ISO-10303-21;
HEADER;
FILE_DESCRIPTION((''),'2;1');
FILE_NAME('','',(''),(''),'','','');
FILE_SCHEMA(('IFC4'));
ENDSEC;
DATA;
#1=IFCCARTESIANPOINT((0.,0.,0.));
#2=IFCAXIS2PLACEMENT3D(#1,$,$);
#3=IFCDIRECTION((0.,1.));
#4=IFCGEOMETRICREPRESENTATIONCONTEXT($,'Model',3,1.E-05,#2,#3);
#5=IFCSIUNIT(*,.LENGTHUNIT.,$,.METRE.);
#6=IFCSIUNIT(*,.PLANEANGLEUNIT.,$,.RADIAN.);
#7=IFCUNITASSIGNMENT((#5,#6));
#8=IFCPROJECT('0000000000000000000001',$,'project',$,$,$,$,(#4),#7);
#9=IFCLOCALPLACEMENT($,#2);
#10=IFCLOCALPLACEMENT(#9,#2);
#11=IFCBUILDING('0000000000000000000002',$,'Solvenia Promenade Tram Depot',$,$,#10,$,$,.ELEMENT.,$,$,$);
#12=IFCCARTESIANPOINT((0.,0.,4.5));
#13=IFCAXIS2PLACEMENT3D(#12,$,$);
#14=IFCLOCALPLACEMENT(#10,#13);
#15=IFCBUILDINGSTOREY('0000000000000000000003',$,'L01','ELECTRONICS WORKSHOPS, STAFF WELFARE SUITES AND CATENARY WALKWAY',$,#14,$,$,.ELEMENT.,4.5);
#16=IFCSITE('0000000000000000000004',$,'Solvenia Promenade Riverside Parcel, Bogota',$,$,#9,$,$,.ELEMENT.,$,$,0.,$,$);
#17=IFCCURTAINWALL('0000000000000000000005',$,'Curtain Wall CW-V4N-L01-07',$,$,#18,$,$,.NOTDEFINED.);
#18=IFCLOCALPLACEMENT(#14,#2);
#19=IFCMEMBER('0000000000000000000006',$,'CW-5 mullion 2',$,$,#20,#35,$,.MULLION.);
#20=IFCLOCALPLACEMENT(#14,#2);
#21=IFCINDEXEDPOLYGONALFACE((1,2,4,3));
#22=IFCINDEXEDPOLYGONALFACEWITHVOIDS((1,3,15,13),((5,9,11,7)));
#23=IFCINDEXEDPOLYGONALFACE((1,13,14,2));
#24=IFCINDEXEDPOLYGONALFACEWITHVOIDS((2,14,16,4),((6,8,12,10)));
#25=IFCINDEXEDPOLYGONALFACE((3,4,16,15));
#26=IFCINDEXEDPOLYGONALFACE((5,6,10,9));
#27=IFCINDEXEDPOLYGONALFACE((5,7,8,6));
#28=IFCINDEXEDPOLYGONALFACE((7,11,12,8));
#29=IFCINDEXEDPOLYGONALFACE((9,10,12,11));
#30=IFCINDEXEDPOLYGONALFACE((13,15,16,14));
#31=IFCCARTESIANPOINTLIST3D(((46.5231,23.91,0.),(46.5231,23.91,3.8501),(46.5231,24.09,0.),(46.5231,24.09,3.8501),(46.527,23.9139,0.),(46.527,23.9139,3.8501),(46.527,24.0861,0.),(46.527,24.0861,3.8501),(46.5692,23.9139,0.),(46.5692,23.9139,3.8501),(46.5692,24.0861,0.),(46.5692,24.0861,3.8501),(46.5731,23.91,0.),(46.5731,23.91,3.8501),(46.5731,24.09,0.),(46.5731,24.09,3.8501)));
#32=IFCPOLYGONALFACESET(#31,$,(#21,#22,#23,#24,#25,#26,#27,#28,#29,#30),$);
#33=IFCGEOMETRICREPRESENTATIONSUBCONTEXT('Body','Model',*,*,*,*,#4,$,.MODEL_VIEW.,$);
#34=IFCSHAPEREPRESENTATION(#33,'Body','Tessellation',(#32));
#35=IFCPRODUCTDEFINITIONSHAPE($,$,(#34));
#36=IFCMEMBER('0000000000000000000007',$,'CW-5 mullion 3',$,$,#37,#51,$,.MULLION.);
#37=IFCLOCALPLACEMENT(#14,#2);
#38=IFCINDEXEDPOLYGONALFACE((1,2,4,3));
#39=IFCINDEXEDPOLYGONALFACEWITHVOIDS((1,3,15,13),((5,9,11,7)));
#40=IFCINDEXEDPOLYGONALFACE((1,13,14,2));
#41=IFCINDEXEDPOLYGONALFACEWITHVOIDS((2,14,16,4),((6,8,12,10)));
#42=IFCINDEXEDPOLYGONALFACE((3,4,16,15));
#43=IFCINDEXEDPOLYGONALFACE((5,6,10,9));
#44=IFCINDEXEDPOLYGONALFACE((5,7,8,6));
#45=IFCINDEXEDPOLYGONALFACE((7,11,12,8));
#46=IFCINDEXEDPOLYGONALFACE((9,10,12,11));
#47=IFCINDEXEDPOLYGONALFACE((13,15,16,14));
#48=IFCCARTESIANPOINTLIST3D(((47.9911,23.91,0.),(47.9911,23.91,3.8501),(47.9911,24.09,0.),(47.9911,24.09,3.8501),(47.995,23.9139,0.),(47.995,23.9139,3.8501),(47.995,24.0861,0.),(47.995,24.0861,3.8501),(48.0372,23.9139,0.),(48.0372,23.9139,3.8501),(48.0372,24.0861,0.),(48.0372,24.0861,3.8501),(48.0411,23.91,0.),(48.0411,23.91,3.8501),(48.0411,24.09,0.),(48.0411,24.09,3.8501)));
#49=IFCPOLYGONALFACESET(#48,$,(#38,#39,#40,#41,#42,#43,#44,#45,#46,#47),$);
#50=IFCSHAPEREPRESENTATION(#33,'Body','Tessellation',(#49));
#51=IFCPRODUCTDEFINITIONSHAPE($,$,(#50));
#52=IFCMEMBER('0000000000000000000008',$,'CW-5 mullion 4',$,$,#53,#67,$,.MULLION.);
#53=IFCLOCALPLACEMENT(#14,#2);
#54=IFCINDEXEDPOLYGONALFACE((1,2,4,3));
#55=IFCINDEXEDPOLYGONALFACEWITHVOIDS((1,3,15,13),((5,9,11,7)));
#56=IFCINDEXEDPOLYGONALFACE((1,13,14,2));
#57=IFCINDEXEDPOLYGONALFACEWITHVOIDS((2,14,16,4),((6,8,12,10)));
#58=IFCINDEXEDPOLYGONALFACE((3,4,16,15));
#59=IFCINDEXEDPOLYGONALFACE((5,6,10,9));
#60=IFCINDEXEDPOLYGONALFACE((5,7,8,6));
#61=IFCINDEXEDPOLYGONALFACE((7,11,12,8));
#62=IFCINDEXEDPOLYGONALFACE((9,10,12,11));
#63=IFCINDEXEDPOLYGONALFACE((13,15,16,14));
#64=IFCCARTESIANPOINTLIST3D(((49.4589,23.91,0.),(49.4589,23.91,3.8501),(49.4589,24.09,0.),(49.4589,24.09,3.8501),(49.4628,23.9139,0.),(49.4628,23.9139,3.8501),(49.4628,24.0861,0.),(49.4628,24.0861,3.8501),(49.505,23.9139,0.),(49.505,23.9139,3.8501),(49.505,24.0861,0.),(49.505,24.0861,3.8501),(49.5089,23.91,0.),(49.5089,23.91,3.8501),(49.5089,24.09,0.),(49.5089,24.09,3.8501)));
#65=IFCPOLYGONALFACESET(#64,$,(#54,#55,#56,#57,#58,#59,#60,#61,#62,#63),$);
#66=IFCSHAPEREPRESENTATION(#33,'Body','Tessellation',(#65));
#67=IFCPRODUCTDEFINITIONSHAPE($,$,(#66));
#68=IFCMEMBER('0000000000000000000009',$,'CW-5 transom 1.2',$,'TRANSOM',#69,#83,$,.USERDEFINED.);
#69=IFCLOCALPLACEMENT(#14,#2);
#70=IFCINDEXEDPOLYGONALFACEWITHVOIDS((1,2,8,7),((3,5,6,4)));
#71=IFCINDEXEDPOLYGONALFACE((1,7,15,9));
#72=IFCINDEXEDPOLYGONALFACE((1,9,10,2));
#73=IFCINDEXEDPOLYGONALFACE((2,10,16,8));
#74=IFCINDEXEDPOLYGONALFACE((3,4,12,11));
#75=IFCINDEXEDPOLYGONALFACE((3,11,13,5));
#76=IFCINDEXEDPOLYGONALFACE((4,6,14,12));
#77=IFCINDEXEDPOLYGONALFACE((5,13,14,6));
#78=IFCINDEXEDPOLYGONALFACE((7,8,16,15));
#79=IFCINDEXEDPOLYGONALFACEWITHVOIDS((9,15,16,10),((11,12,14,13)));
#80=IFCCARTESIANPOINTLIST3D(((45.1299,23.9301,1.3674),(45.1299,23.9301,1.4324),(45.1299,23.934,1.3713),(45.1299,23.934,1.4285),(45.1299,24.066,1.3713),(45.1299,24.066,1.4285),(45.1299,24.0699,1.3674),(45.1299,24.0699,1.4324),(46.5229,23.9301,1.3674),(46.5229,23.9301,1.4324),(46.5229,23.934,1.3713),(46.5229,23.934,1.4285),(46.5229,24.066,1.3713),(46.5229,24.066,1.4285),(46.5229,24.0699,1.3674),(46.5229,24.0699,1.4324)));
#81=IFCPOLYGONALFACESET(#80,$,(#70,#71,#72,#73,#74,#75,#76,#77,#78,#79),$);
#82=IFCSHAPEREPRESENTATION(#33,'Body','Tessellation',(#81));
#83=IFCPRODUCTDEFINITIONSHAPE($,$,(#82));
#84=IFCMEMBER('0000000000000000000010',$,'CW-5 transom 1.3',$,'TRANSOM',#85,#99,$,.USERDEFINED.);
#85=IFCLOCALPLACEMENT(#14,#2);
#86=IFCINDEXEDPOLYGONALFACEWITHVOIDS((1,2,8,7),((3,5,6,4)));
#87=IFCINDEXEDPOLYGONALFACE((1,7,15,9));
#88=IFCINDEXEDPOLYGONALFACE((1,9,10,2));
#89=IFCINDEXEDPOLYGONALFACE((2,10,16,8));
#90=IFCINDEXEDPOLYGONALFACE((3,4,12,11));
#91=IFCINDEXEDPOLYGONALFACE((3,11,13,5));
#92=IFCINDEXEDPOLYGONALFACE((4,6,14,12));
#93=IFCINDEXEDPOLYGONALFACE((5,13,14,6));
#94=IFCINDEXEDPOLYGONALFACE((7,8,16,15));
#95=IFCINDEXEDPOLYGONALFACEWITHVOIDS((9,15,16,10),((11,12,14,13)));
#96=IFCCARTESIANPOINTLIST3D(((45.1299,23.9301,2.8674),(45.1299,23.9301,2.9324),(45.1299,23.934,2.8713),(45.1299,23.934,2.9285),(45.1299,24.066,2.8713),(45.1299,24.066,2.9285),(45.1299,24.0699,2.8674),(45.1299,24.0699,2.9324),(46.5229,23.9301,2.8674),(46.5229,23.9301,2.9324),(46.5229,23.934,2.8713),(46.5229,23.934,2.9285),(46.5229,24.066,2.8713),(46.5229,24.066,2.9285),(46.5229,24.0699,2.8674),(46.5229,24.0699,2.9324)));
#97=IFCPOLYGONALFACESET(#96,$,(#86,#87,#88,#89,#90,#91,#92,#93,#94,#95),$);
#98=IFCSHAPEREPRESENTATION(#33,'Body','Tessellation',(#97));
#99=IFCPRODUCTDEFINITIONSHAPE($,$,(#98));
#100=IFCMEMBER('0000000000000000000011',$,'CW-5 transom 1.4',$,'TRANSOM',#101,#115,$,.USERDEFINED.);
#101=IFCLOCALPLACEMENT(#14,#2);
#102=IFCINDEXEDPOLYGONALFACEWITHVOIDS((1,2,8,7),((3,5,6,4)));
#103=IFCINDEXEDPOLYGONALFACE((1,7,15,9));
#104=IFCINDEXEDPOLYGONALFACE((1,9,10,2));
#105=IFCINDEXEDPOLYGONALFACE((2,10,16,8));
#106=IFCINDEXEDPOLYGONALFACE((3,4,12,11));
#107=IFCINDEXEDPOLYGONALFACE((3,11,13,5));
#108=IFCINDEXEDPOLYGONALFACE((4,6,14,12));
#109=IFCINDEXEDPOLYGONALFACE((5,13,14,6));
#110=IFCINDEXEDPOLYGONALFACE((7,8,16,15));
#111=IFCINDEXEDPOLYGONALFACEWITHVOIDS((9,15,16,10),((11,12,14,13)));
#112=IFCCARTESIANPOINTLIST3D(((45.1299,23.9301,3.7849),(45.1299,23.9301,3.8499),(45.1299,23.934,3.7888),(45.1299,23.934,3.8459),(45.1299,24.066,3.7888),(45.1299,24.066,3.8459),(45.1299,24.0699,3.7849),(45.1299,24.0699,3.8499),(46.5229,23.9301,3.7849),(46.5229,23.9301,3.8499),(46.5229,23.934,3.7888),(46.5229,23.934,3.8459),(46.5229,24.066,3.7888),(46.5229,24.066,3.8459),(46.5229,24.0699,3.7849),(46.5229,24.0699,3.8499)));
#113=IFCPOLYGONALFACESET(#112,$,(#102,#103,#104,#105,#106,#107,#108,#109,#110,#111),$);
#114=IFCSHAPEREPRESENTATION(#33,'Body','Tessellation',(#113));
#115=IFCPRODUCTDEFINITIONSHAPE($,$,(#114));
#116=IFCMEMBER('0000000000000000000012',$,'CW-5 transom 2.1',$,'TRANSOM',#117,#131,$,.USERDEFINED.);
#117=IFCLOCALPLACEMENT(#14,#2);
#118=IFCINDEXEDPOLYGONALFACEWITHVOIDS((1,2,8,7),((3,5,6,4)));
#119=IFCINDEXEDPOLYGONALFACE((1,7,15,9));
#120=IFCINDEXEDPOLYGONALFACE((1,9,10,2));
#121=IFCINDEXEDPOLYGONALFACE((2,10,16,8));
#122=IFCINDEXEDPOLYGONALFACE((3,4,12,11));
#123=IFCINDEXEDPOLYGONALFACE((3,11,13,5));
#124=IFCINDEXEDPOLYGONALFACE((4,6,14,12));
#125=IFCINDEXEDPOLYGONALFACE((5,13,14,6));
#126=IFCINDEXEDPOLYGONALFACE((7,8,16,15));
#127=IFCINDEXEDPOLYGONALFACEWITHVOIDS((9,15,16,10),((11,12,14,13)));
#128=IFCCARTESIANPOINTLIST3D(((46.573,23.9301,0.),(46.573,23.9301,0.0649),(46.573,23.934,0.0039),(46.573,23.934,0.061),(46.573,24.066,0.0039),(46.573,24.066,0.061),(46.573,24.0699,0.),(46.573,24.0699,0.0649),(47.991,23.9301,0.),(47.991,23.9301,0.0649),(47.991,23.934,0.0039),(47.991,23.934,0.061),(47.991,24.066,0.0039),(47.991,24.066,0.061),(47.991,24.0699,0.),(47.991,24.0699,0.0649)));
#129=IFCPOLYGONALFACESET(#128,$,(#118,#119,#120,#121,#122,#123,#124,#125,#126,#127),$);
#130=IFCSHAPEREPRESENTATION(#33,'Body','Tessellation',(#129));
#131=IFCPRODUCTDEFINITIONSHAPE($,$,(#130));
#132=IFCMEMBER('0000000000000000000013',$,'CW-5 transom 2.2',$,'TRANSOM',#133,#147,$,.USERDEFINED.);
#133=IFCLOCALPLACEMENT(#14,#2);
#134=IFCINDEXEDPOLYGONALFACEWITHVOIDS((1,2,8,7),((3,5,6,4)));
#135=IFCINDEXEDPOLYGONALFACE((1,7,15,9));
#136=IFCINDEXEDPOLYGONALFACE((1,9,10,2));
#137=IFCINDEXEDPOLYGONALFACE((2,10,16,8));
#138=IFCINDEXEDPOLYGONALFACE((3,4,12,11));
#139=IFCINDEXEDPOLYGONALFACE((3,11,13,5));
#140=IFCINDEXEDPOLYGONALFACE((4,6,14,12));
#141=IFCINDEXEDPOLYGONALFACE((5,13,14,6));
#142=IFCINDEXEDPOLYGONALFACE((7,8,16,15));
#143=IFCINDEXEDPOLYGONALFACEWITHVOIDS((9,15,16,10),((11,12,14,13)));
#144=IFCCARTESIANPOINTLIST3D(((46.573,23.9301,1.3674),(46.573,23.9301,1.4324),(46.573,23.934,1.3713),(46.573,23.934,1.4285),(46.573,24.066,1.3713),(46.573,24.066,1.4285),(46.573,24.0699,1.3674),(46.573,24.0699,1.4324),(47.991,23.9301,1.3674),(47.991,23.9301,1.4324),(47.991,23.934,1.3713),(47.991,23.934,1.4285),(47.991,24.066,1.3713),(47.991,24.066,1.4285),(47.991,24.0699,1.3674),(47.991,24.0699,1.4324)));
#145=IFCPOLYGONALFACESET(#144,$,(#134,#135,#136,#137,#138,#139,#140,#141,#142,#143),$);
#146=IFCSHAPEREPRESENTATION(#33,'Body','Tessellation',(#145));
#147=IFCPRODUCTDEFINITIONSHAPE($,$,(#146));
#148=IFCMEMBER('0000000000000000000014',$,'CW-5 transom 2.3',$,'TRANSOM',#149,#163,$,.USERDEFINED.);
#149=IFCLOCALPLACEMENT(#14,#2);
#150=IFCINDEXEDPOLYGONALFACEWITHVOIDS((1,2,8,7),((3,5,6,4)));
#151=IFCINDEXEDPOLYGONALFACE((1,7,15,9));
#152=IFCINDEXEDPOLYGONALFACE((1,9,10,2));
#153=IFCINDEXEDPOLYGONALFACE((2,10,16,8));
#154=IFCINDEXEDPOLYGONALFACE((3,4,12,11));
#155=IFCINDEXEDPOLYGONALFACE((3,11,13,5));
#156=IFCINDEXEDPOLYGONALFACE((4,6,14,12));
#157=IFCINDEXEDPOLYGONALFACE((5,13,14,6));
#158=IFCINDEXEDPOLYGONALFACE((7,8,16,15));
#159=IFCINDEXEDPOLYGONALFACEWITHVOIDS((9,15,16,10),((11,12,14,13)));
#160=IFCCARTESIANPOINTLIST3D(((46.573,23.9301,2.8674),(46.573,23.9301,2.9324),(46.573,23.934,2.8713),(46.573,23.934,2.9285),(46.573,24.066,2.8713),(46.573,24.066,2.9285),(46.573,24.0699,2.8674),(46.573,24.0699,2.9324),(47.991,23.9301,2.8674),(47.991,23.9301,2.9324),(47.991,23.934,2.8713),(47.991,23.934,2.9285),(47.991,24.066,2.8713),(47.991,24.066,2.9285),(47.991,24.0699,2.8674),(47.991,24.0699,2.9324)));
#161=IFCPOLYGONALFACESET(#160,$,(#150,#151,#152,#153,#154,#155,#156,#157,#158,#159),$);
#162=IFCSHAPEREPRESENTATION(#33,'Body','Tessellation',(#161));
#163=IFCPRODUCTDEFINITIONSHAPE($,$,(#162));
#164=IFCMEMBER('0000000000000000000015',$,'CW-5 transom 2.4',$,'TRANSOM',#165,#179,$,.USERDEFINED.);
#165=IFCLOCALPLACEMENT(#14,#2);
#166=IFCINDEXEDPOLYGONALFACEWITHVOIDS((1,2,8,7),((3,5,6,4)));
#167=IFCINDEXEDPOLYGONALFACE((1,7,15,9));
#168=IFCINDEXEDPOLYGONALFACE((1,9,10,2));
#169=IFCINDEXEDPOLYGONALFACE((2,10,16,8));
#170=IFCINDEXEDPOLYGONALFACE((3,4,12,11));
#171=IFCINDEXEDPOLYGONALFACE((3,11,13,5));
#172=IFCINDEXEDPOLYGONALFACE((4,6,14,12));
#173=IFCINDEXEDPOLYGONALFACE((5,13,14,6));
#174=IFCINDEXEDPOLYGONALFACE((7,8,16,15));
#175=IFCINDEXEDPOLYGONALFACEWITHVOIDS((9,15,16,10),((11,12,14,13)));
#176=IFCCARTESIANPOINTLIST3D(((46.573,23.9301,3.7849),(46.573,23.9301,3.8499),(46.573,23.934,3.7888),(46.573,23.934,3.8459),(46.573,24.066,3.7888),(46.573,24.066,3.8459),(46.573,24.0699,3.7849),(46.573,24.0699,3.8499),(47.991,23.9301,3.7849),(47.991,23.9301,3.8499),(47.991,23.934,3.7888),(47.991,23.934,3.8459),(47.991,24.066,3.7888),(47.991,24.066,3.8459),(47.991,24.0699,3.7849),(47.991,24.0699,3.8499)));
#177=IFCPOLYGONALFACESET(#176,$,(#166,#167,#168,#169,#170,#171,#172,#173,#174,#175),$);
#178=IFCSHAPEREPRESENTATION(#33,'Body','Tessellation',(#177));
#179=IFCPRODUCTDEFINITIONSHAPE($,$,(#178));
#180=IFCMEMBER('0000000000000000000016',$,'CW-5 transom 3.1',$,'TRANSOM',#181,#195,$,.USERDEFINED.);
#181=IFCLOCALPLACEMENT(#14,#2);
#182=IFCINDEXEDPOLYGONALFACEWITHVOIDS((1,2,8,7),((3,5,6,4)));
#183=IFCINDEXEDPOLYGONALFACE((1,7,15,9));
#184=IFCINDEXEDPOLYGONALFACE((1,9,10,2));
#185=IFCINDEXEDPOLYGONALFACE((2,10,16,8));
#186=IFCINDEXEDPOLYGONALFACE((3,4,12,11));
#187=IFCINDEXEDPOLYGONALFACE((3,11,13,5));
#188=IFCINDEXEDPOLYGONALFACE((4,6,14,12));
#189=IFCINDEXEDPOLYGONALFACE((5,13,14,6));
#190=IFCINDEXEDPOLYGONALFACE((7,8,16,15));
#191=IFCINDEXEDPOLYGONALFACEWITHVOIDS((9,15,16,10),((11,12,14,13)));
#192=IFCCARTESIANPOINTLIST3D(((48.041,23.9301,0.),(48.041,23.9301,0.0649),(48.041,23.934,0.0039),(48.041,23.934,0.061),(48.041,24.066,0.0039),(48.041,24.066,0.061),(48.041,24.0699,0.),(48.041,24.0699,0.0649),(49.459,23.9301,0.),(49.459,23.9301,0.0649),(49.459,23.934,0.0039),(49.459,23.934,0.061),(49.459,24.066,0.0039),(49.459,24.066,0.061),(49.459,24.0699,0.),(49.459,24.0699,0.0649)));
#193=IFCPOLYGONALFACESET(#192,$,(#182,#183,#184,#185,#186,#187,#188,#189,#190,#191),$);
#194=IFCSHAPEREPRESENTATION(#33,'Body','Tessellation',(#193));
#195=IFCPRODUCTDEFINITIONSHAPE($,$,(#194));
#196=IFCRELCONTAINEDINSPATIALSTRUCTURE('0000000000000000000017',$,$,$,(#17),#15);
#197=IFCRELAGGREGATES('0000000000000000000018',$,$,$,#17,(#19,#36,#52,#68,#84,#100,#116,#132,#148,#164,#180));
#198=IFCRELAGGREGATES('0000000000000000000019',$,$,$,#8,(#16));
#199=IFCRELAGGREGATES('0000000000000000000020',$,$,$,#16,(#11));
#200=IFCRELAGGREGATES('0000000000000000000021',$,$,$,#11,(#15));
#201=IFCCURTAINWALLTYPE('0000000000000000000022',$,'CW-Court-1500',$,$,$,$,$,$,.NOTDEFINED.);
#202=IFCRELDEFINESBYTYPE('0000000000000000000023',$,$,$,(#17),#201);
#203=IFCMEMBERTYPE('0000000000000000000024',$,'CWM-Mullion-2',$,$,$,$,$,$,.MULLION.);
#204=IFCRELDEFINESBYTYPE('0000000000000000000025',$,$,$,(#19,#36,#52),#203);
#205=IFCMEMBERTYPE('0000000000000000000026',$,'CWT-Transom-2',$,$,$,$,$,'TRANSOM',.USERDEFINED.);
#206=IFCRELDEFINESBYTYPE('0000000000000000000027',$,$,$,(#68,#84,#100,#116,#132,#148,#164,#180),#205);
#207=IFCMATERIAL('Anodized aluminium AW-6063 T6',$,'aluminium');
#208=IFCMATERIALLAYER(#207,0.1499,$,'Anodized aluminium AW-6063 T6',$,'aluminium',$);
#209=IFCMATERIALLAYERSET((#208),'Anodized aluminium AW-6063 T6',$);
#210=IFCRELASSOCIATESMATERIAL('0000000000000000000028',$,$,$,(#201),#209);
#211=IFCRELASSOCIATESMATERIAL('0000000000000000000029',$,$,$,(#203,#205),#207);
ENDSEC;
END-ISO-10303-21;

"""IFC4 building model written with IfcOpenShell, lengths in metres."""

from ifc_helpers import new_model, si_unit, direction, frame, origin, origin_2d, place, context, subcontext, project, spatial, hollow_rectangle, extrude, material, layer, layer_set, material_profile, profile_set, type_object, element, aggregate, save


model = new_model("IFC4")

# Units and contexts
model_context = context("Model", 3, precision=1e-05, world=origin(), true_north=direction((0.0, 1.0)))
body_context = subcontext(model_context, "Body", "Model", "MODEL_VIEW")
ifc_project = project(units=[si_unit("LENGTHUNIT", "METRE"), si_unit("PLANEANGLEUNIT", "RADIAN")], contexts=[model_context])

# Site, building, storey
site_placement = place(None, origin())
site = spatial("IfcSite", under=ifc_project, at=site_placement, Name="Solvenia Promenade Riverside Parcel, Bogota", CompositionType="ELEMENT", RefElevation=0.0)
building_placement = place(site_placement, origin())
building = spatial("IfcBuilding", under=site, at=building_placement, Name="Solvenia Promenade Tram Depot", CompositionType="ELEMENT")
storey_placement = place(building_placement, frame((0.0, 0.0, 4.5)))
storey = spatial("IfcBuildingStorey", under=building, at=storey_placement, Name="L01", Description="ELECTRONICS WORKSHOPS, STAFF WELFARE SUITES AND CATENARY WALKWAY", CompositionType="ELEMENT", Elevation=4.5)

# Curtain wall, members
ifc_material_1 = material(Name="Anodized aluminium AW-6063 T6", Category="aluminium")
ifc_layer_1 = layer(ifc_material_1, 0.1499, Name="Anodized aluminium AW-6063 T6", Category="aluminium")
ifc_layer_set_1 = layer_set([ifc_layer_1], Name="Anodized aluminium AW-6063 T6")
curtain_wall_type = type_object("IfcCurtainWallType", Name="CW-Court-1500", PredefinedType="NOTDEFINED", material=ifc_layer_set_1)
curtain_wall_placement = place(storey_placement, origin())
curtain_wall = element("IfcCurtainWall", 1, at=curtain_wall_placement, inside=storey, type_object=curtain_wall_type, Name="Curtain Wall CW-V4N-L01-07", PredefinedType="NOTDEFINED")
ifc_material_profile_1 = material_profile(ifc_material_1, hollow_rectangle(XDim=0.1799, YDim=0.05, WallThickness=0.0039, at=origin_2d()), Name="ALU-M2", Category="aluminium")
ifc_profile_set_1 = profile_set([ifc_material_profile_1], Name="Anodized aluminium AW-6063 T6")
member_type_1 = type_object("IfcMemberType", Name="CWM-Mullion-2", PredefinedType="MULLION", material=ifc_profile_set_1)
member_1_placement = place(storey_placement, frame((46.5481, 24.0, 0.0), z_axis=(0.0, 0.0, 1.0), x_axis=(0.0, 1.0, 0.0)))
member_1 = element("IfcMember", 2, at=member_1_placement, type_object=member_type_1, Name="CW-5 mullion 2", PredefinedType="MULLION", context=body_context, shape_type="SweptSolid", body=[
    extrude(hollow_rectangle(XDim=0.1799, YDim=0.05, WallThickness=0.0039, at=origin_2d()), origin(), (0.0, 0.0, 1.0), 3.8501),
])
member_2_placement = place(storey_placement, frame((48.0161, 24.0, 0.0), z_axis=(0.0, 0.0, 1.0), x_axis=(0.0, 1.0, 0.0)))
member_2 = element("IfcMember", 3, at=member_2_placement, type_object=member_type_1, Name="CW-5 mullion 3", PredefinedType="MULLION", context=body_context, shape_type="SweptSolid", body=[
    extrude(hollow_rectangle(XDim=0.1799, YDim=0.05, WallThickness=0.0039, at=origin_2d()), origin(), (0.0, 0.0, 1.0), 3.8501),
])
member_3_placement = place(storey_placement, frame((49.4839, 24.0, 0.0), z_axis=(0.0, 0.0, 1.0), x_axis=(0.0, 1.0, 0.0)))
member_3 = element("IfcMember", 4, at=member_3_placement, type_object=member_type_1, Name="CW-5 mullion 4", PredefinedType="MULLION", context=body_context, shape_type="SweptSolid", body=[
    extrude(hollow_rectangle(XDim=0.1799, YDim=0.05, WallThickness=0.0039, at=origin_2d()), origin(), (0.0, 0.0, 1.0), 3.8501),
])
ifc_material_profile_2 = material_profile(ifc_material_1, hollow_rectangle(XDim=0.1399, YDim=0.0649, WallThickness=0.0039, at=origin_2d()), Name="ALU-T2", Category="aluminium")
ifc_profile_set_2 = profile_set([ifc_material_profile_2], Name="Anodized aluminium AW-6063 T6")
member_type_2 = type_object("IfcMemberType", Name="CWT-Transom-2", ElementType="TRANSOM", PredefinedType="USERDEFINED", material=ifc_profile_set_2)
member_4_placement = place(storey_placement, frame((45.1299, 24.0, 1.3999), z_axis=(1.0, 0.0, 0.0), x_axis=(0.0, 1.0, 0.0)))
member_4 = element("IfcMember", 5, at=member_4_placement, type_object=member_type_2, Name="CW-5 transom 1.2", ObjectType="TRANSOM", PredefinedType="USERDEFINED", context=body_context, shape_type="SweptSolid", body=[
    extrude(hollow_rectangle(XDim=0.1399, YDim=0.0649, WallThickness=0.0039, at=origin_2d()), origin(), (0.0, 0.0, 1.0), 1.3931),
])
member_5_placement = place(storey_placement, frame((45.1299, 24.0, 2.8999), z_axis=(1.0, 0.0, 0.0), x_axis=(0.0, 1.0, 0.0)))
member_5 = element("IfcMember", 6, at=member_5_placement, type_object=member_type_2, Name="CW-5 transom 1.3", ObjectType="TRANSOM", PredefinedType="USERDEFINED", context=body_context, shape_type="SweptSolid", body=[
    extrude(hollow_rectangle(XDim=0.1399, YDim=0.0649, WallThickness=0.0039, at=origin_2d()), origin(), (0.0, 0.0, 1.0), 1.3931),
])
member_6_placement = place(storey_placement, frame((45.1299, 24.0, 3.8174), z_axis=(1.0, 0.0, 0.0), x_axis=(0.0, 1.0, 0.0)))
member_6 = element("IfcMember", 7, at=member_6_placement, type_object=member_type_2, Name="CW-5 transom 1.4", ObjectType="TRANSOM", PredefinedType="USERDEFINED", context=body_context, shape_type="SweptSolid", body=[
    extrude(hollow_rectangle(XDim=0.1399, YDim=0.0649, WallThickness=0.0039, at=origin_2d()), origin(), (0.0, 0.0, 1.0), 1.3931),
])
member_7_placement = place(storey_placement, frame((46.573, 24.0, 0.0325), z_axis=(1.0, 0.0, 0.0), x_axis=(0.0, 1.0, 0.0)))
member_7 = element("IfcMember", 8, at=member_7_placement, type_object=member_type_2, Name="CW-5 transom 2.1", ObjectType="TRANSOM", PredefinedType="USERDEFINED", context=body_context, shape_type="SweptSolid", body=[
    extrude(hollow_rectangle(XDim=0.1399, YDim=0.0649, WallThickness=0.0039, at=origin_2d()), origin(), (0.0, 0.0, 1.0), 1.418),
])
member_8_placement = place(storey_placement, frame((46.573, 24.0, 1.3999), z_axis=(1.0, 0.0, 0.0), x_axis=(0.0, 1.0, 0.0)))
member_8 = element("IfcMember", 9, at=member_8_placement, type_object=member_type_2, Name="CW-5 transom 2.2", ObjectType="TRANSOM", PredefinedType="USERDEFINED", context=body_context, shape_type="SweptSolid", body=[
    extrude(hollow_rectangle(XDim=0.1399, YDim=0.0649, WallThickness=0.0039, at=origin_2d()), origin(), (0.0, 0.0, 1.0), 1.418),
])
member_9_placement = place(storey_placement, frame((46.573, 24.0, 2.8999), z_axis=(1.0, 0.0, 0.0), x_axis=(0.0, 1.0, 0.0)))
member_9 = element("IfcMember", 10, at=member_9_placement, type_object=member_type_2, Name="CW-5 transom 2.3", ObjectType="TRANSOM", PredefinedType="USERDEFINED", context=body_context, shape_type="SweptSolid", body=[
    extrude(hollow_rectangle(XDim=0.1399, YDim=0.0649, WallThickness=0.0039, at=origin_2d()), origin(), (0.0, 0.0, 1.0), 1.418),
])
member_10_placement = place(storey_placement, frame((46.573, 24.0, 3.8174), z_axis=(1.0, 0.0, 0.0), x_axis=(0.0, 1.0, 0.0)))
member_10 = element("IfcMember", 11, at=member_10_placement, type_object=member_type_2, Name="CW-5 transom 2.4", ObjectType="TRANSOM", PredefinedType="USERDEFINED", context=body_context, shape_type="SweptSolid", body=[
    extrude(hollow_rectangle(XDim=0.1399, YDim=0.0649, WallThickness=0.0039, at=origin_2d()), origin(), (0.0, 0.0, 1.0), 1.418),
])
member_11_placement = place(storey_placement, frame((48.041, 24.0, 0.0325), z_axis=(1.0, 0.0, 0.0), x_axis=(0.0, 1.0, 0.0)))
member_11 = element("IfcMember", 12, at=member_11_placement, type_object=member_type_2, Name="CW-5 transom 3.1", ObjectType="TRANSOM", PredefinedType="USERDEFINED", context=body_context, shape_type="SweptSolid", body=[
    extrude(hollow_rectangle(XDim=0.1399, YDim=0.0649, WallThickness=0.0039, at=origin_2d()), origin(), (0.0, 0.0, 1.0), 1.418),
])
aggregate(curtain_wall, [member_1, member_2, member_3, member_4, member_5, member_6, member_7, member_8, member_9, member_10, member_11])

save(model, "model.ifc")
